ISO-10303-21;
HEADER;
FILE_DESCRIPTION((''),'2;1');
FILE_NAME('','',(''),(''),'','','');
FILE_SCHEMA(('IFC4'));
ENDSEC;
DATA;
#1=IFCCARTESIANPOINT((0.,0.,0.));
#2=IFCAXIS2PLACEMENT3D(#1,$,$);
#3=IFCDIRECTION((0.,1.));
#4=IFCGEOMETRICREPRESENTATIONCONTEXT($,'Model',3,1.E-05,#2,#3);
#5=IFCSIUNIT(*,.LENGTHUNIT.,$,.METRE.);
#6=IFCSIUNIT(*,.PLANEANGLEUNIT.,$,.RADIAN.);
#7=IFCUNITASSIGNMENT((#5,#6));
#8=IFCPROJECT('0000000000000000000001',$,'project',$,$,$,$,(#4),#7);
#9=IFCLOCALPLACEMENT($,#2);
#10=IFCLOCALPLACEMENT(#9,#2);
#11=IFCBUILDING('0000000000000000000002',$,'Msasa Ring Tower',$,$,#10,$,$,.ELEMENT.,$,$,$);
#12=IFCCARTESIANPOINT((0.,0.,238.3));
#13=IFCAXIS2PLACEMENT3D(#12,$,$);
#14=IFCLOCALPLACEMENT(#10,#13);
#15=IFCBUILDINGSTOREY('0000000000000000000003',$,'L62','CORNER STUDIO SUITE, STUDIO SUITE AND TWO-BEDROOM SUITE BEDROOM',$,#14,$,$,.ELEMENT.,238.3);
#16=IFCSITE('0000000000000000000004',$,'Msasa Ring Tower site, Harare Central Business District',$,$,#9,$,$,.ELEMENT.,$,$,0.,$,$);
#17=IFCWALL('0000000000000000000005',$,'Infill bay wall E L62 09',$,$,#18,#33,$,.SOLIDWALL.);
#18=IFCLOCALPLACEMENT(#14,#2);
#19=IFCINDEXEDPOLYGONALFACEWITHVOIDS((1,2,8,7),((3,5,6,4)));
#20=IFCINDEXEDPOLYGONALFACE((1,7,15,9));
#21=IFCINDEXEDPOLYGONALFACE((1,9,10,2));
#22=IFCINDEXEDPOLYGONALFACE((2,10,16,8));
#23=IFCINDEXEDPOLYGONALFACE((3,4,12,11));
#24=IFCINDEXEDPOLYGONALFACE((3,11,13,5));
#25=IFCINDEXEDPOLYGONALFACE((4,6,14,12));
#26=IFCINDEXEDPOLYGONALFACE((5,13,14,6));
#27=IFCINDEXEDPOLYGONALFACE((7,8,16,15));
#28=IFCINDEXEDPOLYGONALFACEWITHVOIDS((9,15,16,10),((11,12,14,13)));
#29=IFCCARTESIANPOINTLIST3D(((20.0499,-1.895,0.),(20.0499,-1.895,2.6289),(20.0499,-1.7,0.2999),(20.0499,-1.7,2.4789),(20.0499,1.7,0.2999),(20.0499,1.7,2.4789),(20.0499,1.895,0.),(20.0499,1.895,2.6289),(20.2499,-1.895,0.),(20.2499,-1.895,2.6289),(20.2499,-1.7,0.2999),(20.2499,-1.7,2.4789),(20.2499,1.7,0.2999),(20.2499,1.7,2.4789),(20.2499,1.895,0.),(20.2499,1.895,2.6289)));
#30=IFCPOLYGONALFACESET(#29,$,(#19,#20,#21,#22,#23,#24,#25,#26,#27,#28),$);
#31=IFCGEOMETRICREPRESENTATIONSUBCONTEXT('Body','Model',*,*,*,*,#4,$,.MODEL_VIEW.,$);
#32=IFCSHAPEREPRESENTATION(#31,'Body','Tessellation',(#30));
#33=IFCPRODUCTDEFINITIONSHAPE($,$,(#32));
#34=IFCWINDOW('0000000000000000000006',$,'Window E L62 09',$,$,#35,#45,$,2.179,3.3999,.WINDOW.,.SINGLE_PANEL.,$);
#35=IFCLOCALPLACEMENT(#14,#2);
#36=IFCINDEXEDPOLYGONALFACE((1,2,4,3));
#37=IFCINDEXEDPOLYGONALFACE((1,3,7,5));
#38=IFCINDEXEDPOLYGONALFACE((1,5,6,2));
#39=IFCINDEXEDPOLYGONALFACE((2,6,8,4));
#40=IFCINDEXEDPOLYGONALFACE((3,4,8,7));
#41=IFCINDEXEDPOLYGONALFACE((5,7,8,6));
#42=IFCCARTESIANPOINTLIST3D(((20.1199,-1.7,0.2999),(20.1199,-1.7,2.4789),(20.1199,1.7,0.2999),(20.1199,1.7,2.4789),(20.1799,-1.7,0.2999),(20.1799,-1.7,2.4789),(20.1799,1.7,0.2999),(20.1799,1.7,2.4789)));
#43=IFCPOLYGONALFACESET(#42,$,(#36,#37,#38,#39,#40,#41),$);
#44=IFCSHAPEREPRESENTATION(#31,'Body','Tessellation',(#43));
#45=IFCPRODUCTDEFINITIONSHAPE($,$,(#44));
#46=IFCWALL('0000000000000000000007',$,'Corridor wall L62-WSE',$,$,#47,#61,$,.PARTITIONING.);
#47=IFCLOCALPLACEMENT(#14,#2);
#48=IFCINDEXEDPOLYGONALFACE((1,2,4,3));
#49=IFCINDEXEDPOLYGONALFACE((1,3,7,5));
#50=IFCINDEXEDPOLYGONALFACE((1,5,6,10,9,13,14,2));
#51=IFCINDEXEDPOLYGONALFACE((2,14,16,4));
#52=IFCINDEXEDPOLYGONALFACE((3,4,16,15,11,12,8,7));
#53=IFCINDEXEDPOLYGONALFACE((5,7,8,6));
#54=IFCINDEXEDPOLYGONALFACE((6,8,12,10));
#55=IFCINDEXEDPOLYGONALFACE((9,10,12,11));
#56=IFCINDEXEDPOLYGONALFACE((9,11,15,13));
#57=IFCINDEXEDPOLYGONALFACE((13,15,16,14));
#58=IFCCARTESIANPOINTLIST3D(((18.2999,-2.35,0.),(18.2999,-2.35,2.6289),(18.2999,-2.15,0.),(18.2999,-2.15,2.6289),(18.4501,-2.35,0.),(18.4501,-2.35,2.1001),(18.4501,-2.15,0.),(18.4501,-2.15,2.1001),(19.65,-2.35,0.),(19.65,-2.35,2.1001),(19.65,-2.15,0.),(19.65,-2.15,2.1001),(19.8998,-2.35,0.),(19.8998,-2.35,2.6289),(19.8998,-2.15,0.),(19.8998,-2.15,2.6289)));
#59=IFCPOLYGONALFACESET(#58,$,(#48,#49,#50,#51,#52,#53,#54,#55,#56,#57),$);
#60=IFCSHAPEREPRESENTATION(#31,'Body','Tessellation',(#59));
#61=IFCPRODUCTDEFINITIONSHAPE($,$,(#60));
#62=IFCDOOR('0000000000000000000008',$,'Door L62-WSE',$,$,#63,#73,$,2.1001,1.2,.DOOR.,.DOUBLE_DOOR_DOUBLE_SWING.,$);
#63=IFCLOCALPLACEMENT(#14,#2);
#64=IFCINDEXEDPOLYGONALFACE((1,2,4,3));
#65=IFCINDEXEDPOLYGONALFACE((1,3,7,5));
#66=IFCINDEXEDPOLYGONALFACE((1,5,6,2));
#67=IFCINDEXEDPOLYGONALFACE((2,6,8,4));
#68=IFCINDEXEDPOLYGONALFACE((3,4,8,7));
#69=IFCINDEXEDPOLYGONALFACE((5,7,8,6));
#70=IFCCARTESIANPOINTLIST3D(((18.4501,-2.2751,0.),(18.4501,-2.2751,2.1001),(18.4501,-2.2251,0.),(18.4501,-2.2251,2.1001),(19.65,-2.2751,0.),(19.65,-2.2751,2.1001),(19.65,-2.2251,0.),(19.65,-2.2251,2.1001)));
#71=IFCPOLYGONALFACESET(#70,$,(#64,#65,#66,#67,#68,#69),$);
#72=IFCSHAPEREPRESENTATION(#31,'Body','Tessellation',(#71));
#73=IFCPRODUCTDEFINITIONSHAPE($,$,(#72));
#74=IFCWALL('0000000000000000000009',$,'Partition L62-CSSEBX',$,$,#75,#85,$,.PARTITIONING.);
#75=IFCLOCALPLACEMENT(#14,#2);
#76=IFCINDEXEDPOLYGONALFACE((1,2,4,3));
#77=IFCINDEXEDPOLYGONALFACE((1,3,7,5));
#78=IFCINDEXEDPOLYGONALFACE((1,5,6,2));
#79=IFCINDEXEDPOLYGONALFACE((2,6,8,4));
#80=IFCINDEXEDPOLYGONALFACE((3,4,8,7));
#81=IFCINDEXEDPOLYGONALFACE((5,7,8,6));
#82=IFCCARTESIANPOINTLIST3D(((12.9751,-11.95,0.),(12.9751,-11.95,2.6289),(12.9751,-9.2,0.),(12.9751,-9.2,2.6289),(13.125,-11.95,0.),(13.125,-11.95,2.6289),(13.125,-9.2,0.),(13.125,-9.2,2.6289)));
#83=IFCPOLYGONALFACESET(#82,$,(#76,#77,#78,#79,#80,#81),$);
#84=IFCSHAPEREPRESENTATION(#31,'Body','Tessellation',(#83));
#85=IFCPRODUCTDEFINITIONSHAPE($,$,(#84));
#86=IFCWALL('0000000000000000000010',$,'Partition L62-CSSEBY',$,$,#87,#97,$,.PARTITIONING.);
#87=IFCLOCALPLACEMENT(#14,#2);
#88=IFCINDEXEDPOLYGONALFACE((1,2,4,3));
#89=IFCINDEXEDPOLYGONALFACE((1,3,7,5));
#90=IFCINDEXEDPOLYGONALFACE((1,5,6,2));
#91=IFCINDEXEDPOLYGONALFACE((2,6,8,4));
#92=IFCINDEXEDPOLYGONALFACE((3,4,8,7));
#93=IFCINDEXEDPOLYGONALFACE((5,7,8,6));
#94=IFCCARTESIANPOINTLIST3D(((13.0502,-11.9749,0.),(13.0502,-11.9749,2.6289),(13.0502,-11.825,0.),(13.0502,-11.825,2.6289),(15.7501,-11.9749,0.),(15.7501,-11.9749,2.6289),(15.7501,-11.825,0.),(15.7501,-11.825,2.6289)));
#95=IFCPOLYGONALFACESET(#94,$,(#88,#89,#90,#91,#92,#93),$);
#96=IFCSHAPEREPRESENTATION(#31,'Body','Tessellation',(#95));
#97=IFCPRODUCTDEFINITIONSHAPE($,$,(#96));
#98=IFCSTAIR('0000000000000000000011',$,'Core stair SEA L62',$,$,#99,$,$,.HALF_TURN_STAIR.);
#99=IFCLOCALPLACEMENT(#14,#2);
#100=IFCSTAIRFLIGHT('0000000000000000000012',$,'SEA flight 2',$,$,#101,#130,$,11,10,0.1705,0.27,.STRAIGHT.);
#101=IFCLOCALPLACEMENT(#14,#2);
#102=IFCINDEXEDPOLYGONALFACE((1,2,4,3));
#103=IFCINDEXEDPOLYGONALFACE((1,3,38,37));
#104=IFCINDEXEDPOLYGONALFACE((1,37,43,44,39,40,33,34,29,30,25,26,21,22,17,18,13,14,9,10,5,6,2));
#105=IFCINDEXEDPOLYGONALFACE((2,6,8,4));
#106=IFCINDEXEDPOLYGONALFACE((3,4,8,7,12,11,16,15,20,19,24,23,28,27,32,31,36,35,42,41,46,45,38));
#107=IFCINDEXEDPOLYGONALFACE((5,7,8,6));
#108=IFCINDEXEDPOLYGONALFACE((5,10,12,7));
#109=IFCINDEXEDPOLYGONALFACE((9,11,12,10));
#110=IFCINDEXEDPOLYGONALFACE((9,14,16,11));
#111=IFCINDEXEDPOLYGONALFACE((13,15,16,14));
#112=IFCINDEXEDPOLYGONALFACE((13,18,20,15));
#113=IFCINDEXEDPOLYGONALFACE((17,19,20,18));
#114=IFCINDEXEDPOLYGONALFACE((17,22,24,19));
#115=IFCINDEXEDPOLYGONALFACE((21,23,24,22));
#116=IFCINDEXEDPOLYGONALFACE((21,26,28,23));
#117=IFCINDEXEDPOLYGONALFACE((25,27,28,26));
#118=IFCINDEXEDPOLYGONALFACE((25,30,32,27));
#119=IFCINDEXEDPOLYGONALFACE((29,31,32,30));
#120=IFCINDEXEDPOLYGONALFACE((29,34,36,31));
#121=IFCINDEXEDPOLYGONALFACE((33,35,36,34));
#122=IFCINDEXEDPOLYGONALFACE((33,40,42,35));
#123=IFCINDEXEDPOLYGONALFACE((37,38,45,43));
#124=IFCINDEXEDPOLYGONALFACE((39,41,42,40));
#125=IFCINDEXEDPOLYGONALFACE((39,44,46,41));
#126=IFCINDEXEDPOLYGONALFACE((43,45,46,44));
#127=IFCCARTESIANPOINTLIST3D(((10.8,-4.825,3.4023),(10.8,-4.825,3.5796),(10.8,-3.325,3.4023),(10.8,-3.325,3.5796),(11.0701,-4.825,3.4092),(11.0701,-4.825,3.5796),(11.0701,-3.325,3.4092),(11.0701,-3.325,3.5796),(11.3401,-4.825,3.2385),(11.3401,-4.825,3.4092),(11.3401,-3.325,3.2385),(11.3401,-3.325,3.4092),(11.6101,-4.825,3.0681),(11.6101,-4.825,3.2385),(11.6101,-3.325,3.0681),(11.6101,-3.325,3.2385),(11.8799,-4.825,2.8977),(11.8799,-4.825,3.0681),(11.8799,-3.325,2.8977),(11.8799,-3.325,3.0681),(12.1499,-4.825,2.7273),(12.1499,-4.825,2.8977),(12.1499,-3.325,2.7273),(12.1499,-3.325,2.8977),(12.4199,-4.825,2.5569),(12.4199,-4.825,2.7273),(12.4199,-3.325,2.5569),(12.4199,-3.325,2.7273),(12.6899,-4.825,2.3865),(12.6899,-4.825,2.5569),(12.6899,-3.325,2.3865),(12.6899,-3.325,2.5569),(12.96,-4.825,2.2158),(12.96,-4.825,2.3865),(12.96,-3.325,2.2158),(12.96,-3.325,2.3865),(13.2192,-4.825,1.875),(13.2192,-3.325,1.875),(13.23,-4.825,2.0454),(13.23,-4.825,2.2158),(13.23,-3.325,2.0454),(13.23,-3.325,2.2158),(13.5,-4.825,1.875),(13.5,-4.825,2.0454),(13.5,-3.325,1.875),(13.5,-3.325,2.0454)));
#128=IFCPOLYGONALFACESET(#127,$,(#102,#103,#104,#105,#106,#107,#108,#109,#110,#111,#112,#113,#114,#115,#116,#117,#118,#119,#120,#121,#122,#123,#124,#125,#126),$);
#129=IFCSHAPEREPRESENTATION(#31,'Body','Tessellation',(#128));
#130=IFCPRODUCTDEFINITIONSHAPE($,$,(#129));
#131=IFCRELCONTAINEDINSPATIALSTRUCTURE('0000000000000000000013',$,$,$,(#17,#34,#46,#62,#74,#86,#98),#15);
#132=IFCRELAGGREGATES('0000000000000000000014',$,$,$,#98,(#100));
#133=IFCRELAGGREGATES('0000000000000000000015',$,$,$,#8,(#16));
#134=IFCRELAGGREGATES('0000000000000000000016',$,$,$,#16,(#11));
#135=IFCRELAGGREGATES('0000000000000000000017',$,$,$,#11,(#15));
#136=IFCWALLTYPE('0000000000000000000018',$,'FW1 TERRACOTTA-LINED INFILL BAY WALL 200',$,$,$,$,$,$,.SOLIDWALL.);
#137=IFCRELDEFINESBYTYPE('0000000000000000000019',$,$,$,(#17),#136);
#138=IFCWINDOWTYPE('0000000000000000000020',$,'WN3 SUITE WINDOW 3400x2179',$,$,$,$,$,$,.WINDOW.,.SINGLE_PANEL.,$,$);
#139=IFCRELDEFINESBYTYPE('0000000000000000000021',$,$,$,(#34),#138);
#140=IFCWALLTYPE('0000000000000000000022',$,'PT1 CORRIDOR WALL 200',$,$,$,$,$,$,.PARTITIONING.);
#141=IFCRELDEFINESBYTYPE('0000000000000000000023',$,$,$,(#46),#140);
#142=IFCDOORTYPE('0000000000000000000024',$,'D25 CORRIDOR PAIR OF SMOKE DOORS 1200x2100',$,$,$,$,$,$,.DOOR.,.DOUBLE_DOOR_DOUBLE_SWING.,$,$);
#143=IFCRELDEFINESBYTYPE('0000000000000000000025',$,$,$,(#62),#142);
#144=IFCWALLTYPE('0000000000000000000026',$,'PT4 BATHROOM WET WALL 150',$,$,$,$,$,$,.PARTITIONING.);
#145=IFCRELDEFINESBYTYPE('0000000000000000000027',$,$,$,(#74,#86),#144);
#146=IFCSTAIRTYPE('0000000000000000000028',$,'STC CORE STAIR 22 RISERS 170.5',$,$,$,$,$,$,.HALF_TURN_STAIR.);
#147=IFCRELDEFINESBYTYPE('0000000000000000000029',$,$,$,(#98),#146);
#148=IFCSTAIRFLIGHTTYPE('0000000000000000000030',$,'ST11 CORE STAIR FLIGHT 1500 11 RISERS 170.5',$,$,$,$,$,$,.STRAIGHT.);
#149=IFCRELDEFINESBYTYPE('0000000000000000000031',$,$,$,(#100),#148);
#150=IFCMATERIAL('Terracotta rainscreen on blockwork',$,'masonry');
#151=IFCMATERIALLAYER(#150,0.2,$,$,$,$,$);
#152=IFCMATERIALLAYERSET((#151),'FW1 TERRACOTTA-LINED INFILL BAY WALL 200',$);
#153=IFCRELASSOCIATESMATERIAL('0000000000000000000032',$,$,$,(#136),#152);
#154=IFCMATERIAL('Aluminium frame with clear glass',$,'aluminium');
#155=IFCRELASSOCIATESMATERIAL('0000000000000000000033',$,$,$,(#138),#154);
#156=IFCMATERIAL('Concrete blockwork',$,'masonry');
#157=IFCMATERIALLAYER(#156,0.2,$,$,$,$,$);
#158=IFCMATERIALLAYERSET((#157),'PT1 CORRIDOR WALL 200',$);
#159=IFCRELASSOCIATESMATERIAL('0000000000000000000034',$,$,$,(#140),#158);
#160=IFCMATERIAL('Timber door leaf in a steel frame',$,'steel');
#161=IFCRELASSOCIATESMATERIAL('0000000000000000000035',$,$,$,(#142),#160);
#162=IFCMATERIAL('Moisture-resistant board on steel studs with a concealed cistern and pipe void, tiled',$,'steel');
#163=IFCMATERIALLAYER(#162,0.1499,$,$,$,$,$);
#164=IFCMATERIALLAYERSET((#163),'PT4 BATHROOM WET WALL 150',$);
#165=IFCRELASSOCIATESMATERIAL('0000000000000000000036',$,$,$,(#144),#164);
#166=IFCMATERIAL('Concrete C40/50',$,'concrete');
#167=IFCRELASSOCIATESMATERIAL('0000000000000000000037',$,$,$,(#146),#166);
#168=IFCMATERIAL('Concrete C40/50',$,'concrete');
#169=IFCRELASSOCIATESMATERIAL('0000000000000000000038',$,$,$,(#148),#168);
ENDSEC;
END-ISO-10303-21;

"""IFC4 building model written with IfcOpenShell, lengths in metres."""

from ifc_helpers import new_model, si_unit, direction, frame, frame_2d, origin, place, context, subcontext, project, spatial, polyline, rectangle, outline, extrude, material, layer, layer_set, type_object, element, fill, aggregate, save


model = new_model("IFC4")

# Units and contexts
model_context = context("Model", 3, precision=1e-05, world=origin(), true_north=direction((0.0, 1.0)))
body_context = subcontext(model_context, "Body", "Model", "MODEL_VIEW")
ifc_project = project(units=[si_unit("LENGTHUNIT", "METRE"), si_unit("PLANEANGLEUNIT", "RADIAN")], contexts=[model_context])

# Site, building, storey
site_placement = place(None, origin())
site = spatial("IfcSite", under=ifc_project, at=site_placement, Name="Msasa Ring Tower site, Harare Central Business District", CompositionType="ELEMENT", RefElevation=0.0)
building_placement = place(site_placement, origin())
building = spatial("IfcBuilding", under=site, at=building_placement, Name="Msasa Ring Tower", CompositionType="ELEMENT")
storey_placement = place(building_placement, frame((0.0, 0.0, 238.3)))
storey = spatial("IfcBuildingStorey", under=building, at=storey_placement, Name="L62", Description="CORNER STUDIO SUITE, STUDIO SUITE AND TWO-BEDROOM SUITE BEDROOM", CompositionType="ELEMENT", Elevation=238.3)

# Wall, opening, window
ifc_material_1 = material(Name="Terracotta rainscreen on blockwork", Category="masonry")
ifc_layer_1 = layer(ifc_material_1, 0.2)
ifc_layer_set_1 = layer_set([ifc_layer_1], Name="FW1 TERRACOTTA-LINED INFILL BAY WALL 200")
wall_type_1 = type_object("IfcWallType", Name="FW1 TERRACOTTA-LINED INFILL BAY WALL 200", PredefinedType="SOLIDWALL", material=ifc_layer_set_1)
ifc_material_2 = material(Name="Aluminium frame with clear glass", Category="aluminium")
window_type = type_object("IfcWindowType", Name="WN3 SUITE WINDOW 3400x2179", PartitioningType="SINGLE_PANEL", PredefinedType="WINDOW", material=ifc_material_2)
wall_1_placement = place(storey_placement, frame((20.1499, -1.895, 0.0), z_axis=(0.0, 0.0, 1.0), x_axis=(0.0, 1.0, 0.0)))
wall_1 = element("IfcWall", 1, at=wall_1_placement, inside=storey, type_object=wall_type_1, Name="Infill bay wall E L62 09", PredefinedType="SOLIDWALL", context=body_context, shape_type="SweptSolid", body=[
    extrude(rectangle(XDim=3.79, YDim=0.2, at=frame_2d((1.895, 0.0))), origin(), (0.0, 0.0, 1.0), 2.6289),
])
opening_1_placement = place(wall_1_placement, frame((0.1951, 0.0, 0.3)))
opening_1 = element("IfcOpeningElement", 2, at=opening_1_placement, cuts=wall_1, PredefinedType="OPENING", context=body_context, shape_type="SweptSolid", body=[
    extrude(rectangle(XDim=3.3999, YDim=2.179, at=frame_2d((1.7, 1.0894))), frame((0.0, 0.1099, 0.0), z_axis=(0.0, -1.0, 0.0), x_axis=(1.0, 0.0, 0.0)), (0.0, 0.0, 1.0), 0.22),
])
window_1_placement = place(opening_1_placement, origin())
window_1 = element("IfcWindow", 3, at=window_1_placement, inside=storey, type_object=window_type, Name="Window E L62 09", OverallHeight=2.179, OverallWidth=3.3999, PartitioningType="SINGLE_PANEL", PredefinedType="WINDOW", context=body_context, shape_type="SweptSolid", body=[
    extrude(rectangle(XDim=3.3999, YDim=2.179, at=frame_2d((1.7, 1.0894))), frame((0.0, 0.03, 0.0), z_axis=(0.0, -1.0, 0.0), x_axis=(1.0, 0.0, 0.0)), (0.0, 0.0, 1.0), 0.0601),
])
fill(opening_1, window_1)

# Wall, opening, door
ifc_material_3 = material(Name="Concrete blockwork", Category="masonry")
ifc_layer_2 = layer(ifc_material_3, 0.2)
ifc_layer_set_2 = layer_set([ifc_layer_2], Name="PT1 CORRIDOR WALL 200")
wall_type_2 = type_object("IfcWallType", Name="PT1 CORRIDOR WALL 200", PredefinedType="PARTITIONING", material=ifc_layer_set_2)
wall_2_placement = place(storey_placement, frame((18.3, -2.25, 0.0), z_axis=(0.0, 0.0, 1.0), x_axis=(1.0, 0.0, 0.0)))
wall_2 = element("IfcWall", 4, at=wall_2_placement, inside=storey, type_object=wall_type_2, Name="Corridor wall L62-WSE", PredefinedType="PARTITIONING", context=body_context, shape_type="SweptSolid", body=[
    extrude(rectangle(XDim=1.5999, YDim=0.2, at=frame_2d((0.7998, 0.0))), origin(), (0.0, 0.0, 1.0), 2.6289),
])
opening_2_placement = place(wall_2_placement, frame((0.1499, 0.0, 0.0)))
opening_2 = element("IfcOpeningElement", 5, at=opening_2_placement, cuts=wall_2, PredefinedType="OPENING", context=body_context, shape_type="SweptSolid", body=[
    extrude(rectangle(XDim=1.2, YDim=2.1001, at=frame_2d((0.6001, 1.05))), frame((0.0, 0.1099, 0.0), z_axis=(0.0, -1.0, 0.0), x_axis=(1.0, 0.0, 0.0)), (0.0, 0.0, 1.0), 0.22),
])
ifc_material_4 = material(Name="Timber door leaf in a steel frame", Category="steel")
door_type_1 = type_object("IfcDoorType", Name="D25 CORRIDOR PAIR OF SMOKE DOORS 1200x2100", OperationType="DOUBLE_DOOR_DOUBLE_SWING", PredefinedType="DOOR", material=ifc_material_4)
door_1_placement = place(opening_2_placement, origin())
door_1 = element("IfcDoor", 6, at=door_1_placement, inside=storey, type_object=door_type_1, Name="Door L62-WSE", OperationType="DOUBLE_DOOR_DOUBLE_SWING", OverallHeight=2.1001, OverallWidth=1.2, PredefinedType="DOOR", context=body_context, shape_type="SweptSolid", body=[
    extrude(rectangle(XDim=1.2, YDim=2.1001, at=frame_2d((0.6001, 1.05))), frame((0.0, 0.0249, 0.0), z_axis=(0.0, -1.0, 0.0), x_axis=(1.0, 0.0, 0.0)), (0.0, 0.0, 1.0), 0.05),
])
fill(opening_2, door_1)

# Walls
ifc_material_5 = material(Name="Moisture-resistant board on steel studs with a concealed cistern and pipe void, tiled", Category="steel")
ifc_layer_3 = layer(ifc_material_5, 0.1499)
ifc_layer_set_3 = layer_set([ifc_layer_3], Name="PT4 BATHROOM WET WALL 150")
wall_type_3 = type_object("IfcWallType", Name="PT4 BATHROOM WET WALL 150", PredefinedType="PARTITIONING", material=ifc_layer_set_3)
wall_3_placement = place(storey_placement, frame((13.05, -11.95, 0.0), z_axis=(0.0, 0.0, 1.0), x_axis=(0.0, 1.0, 0.0)))
element("IfcWall", 7, at=wall_3_placement, inside=storey, type_object=wall_type_3, Name="Partition L62-CSSEBX", PredefinedType="PARTITIONING", context=body_context, shape_type="SweptSolid", body=[
    extrude(rectangle(XDim=2.75, YDim=0.1499, at=frame_2d((1.375, 0.0))), origin(), (0.0, 0.0, 1.0), 2.6289),
])
wall_4_placement = place(storey_placement, frame((13.05, -11.8999, 0.0), z_axis=(0.0, 0.0, 1.0), x_axis=(1.0, 0.0, 0.0)))
element("IfcWall", 8, at=wall_4_placement, inside=storey, type_object=wall_type_3, Name="Partition L62-CSSEBY", PredefinedType="PARTITIONING", context=body_context, shape_type="SweptSolid", body=[
    extrude(rectangle(XDim=2.7, YDim=0.1499, at=frame_2d((1.3501, 0.0))), origin(), (0.0, 0.0, 1.0), 2.6289),
])

# Stair, stair flight
ifc_material_6 = material(Name="Concrete C40/50", Category="concrete")
stair_type = type_object("IfcStairType", Name="STC CORE STAIR 22 RISERS 170.5", PredefinedType="HALF_TURN_STAIR", material=ifc_material_6)
stair_placement = place(storey_placement, origin())
stair = element("IfcStair", 9, at=stair_placement, inside=storey, type_object=stair_type, Name="Core stair SEA L62", PredefinedType="HALF_TURN_STAIR")
ifc_material_7 = material(Name="Concrete C40/50", Category="concrete")
stair_flight_type = type_object("IfcStairFlightType", Name="ST11 CORE STAIR FLIGHT 1500 11 RISERS 170.5", PredefinedType="STRAIGHT", material=ifc_material_7)
stair_flight_placement = place(storey_placement, frame((13.5, -4.075, 1.875), z_axis=(0.0, 0.0, 1.0), x_axis=(-1.0, 0.0, 0.0)))
stair_flight = element("IfcStairFlight", 10, at=stair_flight_placement, type_object=stair_flight_type, Name="SEA flight 2", NumberOfRisers=11, NumberOfTreads=10, PredefinedType="STRAIGHT", RiserHeight=0.1705, TreadLength=0.27, context=body_context, shape_type="SweptSolid", body=[
    extrude(outline(polyline([(0.0, 0.0), (0.0, 0.1704), (0.27, 0.1704), (0.27, 0.3408), (0.54, 0.3408), (0.54, 0.5115), (0.8101, 0.5115), (0.8101, 0.6819), (1.0801, 0.6819), (1.0801, 0.8523), (1.3501, 0.8523), (1.3501, 1.0227), (1.6201, 1.0227), (1.6201, 1.1931), (1.8899, 1.1931), (1.8899, 1.3635), (2.1599, 1.3635), (2.1599, 1.5342), (2.4299, 1.5342), (2.4299, 1.7046), (2.7, 1.7046), (2.7, 1.875), (2.7, 1.5273), (0.2808, 0.0), (0.0, 0.0)])), frame((0.0, 0.75, 0.0), z_axis=(0.0, -1.0, 0.0), x_axis=(1.0, 0.0, 0.0)), (0.0, 0.0, 1.0), 1.5),
])
aggregate(stair, [stair_flight])

save(model, "model.ifc")
